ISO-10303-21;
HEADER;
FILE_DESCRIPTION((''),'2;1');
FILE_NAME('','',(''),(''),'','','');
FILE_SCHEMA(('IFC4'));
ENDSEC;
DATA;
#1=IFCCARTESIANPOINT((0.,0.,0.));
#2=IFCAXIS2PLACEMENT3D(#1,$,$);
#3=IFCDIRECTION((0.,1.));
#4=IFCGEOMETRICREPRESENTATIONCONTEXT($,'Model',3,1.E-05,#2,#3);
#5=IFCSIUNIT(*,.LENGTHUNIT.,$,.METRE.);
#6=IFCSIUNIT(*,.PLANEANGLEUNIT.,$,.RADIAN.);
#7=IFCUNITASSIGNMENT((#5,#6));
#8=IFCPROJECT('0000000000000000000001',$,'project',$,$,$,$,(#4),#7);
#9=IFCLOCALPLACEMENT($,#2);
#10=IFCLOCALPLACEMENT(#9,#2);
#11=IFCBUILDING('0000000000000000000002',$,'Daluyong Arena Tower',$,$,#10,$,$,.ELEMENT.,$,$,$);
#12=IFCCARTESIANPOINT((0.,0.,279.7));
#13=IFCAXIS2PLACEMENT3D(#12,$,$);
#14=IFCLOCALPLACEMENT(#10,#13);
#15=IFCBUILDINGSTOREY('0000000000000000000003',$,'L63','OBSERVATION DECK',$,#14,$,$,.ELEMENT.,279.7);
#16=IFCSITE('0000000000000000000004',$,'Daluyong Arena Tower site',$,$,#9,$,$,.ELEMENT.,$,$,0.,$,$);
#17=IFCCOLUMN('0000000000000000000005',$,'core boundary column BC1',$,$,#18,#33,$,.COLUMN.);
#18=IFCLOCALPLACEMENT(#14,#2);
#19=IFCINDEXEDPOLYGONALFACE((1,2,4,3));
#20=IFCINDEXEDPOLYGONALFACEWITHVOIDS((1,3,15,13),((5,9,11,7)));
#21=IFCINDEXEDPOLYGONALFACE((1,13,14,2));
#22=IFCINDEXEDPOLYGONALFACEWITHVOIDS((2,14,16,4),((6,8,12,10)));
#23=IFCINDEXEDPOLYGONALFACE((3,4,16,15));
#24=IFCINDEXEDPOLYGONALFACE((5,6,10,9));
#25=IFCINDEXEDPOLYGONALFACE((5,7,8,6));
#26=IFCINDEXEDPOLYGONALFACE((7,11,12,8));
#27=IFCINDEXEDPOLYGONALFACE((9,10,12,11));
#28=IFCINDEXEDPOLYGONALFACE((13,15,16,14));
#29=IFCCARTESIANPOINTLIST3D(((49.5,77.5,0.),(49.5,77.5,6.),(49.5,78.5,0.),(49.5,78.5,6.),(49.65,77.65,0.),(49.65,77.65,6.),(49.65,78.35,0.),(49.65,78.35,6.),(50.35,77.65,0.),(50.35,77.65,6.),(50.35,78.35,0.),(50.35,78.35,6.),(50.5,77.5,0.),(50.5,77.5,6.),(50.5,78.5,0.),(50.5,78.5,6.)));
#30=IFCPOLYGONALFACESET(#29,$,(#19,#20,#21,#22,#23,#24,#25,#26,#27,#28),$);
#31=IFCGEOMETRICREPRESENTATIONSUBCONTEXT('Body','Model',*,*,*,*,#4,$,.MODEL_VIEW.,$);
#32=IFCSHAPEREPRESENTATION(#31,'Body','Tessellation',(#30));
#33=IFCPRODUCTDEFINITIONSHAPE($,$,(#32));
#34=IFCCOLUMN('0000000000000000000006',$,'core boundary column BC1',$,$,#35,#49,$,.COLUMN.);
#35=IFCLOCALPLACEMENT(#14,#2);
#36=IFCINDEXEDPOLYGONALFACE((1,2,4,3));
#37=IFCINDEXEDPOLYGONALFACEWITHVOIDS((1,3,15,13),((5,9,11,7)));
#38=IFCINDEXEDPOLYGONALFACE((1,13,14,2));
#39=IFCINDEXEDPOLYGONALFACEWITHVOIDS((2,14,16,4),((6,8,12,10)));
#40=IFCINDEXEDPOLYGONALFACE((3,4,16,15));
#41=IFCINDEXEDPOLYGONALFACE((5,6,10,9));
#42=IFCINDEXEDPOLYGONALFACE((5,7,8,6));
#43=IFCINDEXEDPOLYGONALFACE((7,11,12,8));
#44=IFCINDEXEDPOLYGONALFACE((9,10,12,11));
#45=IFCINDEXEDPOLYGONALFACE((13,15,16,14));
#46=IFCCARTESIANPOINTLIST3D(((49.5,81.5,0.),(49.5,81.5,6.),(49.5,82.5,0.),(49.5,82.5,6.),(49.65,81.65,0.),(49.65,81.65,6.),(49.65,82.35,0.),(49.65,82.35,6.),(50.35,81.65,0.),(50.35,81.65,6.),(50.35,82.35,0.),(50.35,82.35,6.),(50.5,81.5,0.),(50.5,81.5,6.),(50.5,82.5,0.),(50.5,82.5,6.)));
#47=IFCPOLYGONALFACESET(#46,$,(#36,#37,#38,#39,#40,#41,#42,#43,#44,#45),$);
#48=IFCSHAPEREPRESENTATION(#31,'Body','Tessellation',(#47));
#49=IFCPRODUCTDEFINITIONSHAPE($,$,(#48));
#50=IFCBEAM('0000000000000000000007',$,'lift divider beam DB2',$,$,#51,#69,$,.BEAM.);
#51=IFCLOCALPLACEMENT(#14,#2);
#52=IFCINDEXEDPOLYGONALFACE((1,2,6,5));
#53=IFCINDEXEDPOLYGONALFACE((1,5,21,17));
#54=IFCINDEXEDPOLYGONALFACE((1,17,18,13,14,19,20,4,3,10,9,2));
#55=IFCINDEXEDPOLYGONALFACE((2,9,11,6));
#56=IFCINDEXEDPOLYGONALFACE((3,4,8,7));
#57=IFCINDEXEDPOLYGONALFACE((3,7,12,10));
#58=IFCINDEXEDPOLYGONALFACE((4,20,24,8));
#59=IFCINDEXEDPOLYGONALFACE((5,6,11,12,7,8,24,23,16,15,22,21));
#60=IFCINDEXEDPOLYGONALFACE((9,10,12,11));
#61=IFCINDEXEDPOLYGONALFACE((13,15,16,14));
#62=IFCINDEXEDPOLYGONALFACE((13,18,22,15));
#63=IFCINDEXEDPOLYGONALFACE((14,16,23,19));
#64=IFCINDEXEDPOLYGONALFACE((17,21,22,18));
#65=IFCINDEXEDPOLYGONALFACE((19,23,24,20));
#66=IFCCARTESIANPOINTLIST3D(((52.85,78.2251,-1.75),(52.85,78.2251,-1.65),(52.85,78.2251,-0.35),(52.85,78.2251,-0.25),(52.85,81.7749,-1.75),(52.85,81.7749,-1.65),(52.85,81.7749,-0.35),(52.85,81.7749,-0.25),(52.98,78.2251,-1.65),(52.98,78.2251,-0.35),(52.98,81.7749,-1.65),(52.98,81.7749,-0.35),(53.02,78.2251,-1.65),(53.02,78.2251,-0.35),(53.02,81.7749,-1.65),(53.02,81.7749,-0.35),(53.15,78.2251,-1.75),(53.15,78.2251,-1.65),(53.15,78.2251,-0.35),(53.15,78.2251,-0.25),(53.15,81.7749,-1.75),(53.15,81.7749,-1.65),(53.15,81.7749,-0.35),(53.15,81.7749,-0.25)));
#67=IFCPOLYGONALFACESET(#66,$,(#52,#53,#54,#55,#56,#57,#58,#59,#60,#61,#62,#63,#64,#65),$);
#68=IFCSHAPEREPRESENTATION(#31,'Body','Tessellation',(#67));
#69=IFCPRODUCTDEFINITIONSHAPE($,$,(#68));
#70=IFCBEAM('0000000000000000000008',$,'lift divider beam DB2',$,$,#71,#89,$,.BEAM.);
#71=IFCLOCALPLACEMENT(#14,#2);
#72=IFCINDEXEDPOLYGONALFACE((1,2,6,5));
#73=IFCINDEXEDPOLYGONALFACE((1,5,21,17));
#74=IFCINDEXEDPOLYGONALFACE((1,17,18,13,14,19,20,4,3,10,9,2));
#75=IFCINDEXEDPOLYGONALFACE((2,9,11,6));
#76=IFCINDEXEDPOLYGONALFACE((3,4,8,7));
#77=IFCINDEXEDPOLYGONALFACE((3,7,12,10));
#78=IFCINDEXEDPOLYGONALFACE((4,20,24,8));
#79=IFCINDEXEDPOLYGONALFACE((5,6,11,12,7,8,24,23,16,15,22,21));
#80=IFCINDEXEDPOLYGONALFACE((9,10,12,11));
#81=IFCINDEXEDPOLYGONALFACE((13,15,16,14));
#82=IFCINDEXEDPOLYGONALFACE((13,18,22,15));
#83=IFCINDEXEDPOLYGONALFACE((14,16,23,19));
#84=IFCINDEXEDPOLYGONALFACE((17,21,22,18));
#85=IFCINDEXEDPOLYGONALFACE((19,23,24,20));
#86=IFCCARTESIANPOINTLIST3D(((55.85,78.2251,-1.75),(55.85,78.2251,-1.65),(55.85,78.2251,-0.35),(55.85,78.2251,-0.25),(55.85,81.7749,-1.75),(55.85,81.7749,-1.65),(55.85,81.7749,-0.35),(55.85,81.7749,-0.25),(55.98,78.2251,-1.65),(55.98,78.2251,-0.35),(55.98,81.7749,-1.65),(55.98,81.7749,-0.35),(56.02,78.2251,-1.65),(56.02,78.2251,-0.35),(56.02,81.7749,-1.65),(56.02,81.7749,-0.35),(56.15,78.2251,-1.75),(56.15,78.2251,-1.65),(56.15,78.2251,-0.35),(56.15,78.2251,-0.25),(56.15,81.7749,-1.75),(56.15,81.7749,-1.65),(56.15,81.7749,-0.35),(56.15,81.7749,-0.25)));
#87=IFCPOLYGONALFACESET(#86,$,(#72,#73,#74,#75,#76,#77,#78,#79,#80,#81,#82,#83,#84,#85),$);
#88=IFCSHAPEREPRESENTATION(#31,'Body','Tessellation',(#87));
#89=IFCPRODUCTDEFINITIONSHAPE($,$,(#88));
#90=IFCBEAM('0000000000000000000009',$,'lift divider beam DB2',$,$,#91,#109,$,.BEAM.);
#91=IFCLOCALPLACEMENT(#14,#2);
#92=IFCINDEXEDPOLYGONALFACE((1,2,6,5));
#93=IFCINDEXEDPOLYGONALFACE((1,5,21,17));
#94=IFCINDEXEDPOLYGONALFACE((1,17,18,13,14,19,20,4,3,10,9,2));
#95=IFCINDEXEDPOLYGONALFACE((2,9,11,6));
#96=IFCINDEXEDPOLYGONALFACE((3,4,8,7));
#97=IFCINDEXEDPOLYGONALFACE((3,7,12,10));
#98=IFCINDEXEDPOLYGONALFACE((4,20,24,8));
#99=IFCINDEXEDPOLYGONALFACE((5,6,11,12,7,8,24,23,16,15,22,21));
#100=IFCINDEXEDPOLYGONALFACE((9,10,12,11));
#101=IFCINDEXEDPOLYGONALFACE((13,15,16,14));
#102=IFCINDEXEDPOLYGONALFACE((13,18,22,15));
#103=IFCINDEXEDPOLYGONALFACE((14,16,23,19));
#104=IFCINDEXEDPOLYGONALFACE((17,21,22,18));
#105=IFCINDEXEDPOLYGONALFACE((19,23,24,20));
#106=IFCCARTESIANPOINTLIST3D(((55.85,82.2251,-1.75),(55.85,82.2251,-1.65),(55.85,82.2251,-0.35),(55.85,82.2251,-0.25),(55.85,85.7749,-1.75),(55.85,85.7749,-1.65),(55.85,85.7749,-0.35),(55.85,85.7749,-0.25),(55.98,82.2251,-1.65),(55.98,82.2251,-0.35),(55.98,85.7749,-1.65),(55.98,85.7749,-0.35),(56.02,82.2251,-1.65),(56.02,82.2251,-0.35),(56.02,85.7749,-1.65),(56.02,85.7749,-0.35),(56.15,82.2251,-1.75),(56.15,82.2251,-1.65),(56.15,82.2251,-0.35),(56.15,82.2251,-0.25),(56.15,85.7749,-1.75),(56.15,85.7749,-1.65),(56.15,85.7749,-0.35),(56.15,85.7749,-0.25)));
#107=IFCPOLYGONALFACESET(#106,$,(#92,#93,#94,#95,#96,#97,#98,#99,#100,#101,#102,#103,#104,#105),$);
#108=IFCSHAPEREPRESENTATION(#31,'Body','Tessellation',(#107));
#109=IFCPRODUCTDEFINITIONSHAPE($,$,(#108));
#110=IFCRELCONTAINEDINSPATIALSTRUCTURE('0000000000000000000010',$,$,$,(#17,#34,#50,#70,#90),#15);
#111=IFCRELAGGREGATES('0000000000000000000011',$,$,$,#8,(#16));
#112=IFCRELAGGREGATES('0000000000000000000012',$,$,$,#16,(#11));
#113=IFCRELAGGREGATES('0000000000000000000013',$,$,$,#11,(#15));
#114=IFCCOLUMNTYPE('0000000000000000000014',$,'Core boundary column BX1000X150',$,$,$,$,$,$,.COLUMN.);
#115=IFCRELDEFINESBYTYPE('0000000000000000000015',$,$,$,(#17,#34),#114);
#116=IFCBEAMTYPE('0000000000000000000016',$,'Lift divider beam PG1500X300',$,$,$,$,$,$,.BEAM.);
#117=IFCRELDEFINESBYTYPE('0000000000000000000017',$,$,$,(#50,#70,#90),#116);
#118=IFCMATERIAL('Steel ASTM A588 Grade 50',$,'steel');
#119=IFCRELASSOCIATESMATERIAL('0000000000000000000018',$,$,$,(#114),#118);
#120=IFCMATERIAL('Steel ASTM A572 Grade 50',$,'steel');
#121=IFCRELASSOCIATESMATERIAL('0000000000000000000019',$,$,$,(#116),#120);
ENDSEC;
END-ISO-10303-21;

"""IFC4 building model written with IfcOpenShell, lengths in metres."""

from ifc_helpers import new_model, si_unit, direction, frame, origin, origin_2d, place, context, subcontext, project, spatial, hollow_rectangle, i_section, extrude, material, material_profile, profile_set, type_object, element, save


model = new_model("IFC4")

# Units and contexts
model_context = context("Model", 3, precision=1e-05, world=origin(), true_north=direction((0.0, 1.0)))
body_context = subcontext(model_context, "Body", "Model", "MODEL_VIEW")
ifc_project = project(units=[si_unit("LENGTHUNIT", "METRE"), si_unit("PLANEANGLEUNIT", "RADIAN")], contexts=[model_context])

# Site, building, storey
site_placement = place(None, origin())
site = spatial("IfcSite", under=ifc_project, at=site_placement, Name="Daluyong Arena Tower site", CompositionType="ELEMENT", RefElevation=0.0)
building_placement = place(site_placement, origin())
building = spatial("IfcBuilding", under=site, at=building_placement, Name="Daluyong Arena Tower", CompositionType="ELEMENT")
storey_placement = place(building_placement, frame((0.0, 0.0, 279.7)))
storey = spatial("IfcBuildingStorey", under=building, at=storey_placement, Name="L63", Description="OBSERVATION DECK", CompositionType="ELEMENT", Elevation=279.7)

# Columns
ifc_material_1 = material(Name="Steel ASTM A588 Grade 50", Category="steel")
ifc_material_profile_1 = material_profile(ifc_material_1, hollow_rectangle(XDim=1.0, YDim=1.0, WallThickness=0.15, at=origin_2d()))
ifc_profile_set_1 = profile_set([ifc_material_profile_1], Name="Steel ASTM A588 Grade 50")
column_type = type_object("IfcColumnType", Name="Core boundary column BX1000X150", PredefinedType="COLUMN", material=ifc_profile_set_1)
for number, where, z_axis, x_axis, name in (
    (1, (50.0, 78.0, 0.0), (0.0, 0.0, 1.0), (1.0, 0.0, 0.0), "core boundary column BC1"),
    (2, (50.0, 82.0, 0.0), (0.0, 0.0, 1.0), (1.0, 0.0, 0.0), "core boundary column BC1"),
):
    element("IfcColumn", number, at=place(storey_placement, frame(where, z_axis=z_axis, x_axis=x_axis)), inside=storey, type_object=column_type, Name=name, PredefinedType="COLUMN", context=body_context, shape_type="SweptSolid", body=[
        extrude(hollow_rectangle(XDim=1.0, YDim=1.0, WallThickness=0.15, at=origin_2d()), origin(), (0.0, 0.0, 1.0), 6.0),
    ])

# Beams
ifc_material_2 = material(Name="Steel ASTM A572 Grade 50", Category="steel")
ifc_material_profile_2 = material_profile(ifc_material_2, i_section(OverallWidth=0.3, OverallDepth=1.5, WebThickness=0.04, FlangeThickness=0.1, at=origin_2d()))
ifc_profile_set_2 = profile_set([ifc_material_profile_2], Name="Steel ASTM A572 Grade 50")
beam_type = type_object("IfcBeamType", Name="Lift divider beam PG1500X300", PredefinedType="BEAM", material=ifc_profile_set_2)
for number, where, z_axis, x_axis, name in (
    (3, (53.0, 78.2251, -1.0), (0.0, 1.0, 0.0), (-1.0, 0.0, 0.0), "lift divider beam DB2"),
    (4, (56.0, 78.2251, -1.0), (0.0, 1.0, 0.0), (-1.0, 0.0, 0.0), "lift divider beam DB2"),
    (5, (56.0, 82.2251, -1.0), (0.0, 1.0, 0.0), (-1.0, 0.0, 0.0), "lift divider beam DB2"),
):
    element("IfcBeam", number, at=place(storey_placement, frame(where, z_axis=z_axis, x_axis=x_axis)), inside=storey, type_object=beam_type, Name=name, PredefinedType="BEAM", context=body_context, shape_type="SweptSolid", body=[
        extrude(i_section(OverallWidth=0.3, OverallDepth=1.5, WebThickness=0.04, FlangeThickness=0.1, at=origin_2d()), origin(), (0.0, 0.0, 1.0), 3.5498),
    ])

save(model, "model.ifc")
